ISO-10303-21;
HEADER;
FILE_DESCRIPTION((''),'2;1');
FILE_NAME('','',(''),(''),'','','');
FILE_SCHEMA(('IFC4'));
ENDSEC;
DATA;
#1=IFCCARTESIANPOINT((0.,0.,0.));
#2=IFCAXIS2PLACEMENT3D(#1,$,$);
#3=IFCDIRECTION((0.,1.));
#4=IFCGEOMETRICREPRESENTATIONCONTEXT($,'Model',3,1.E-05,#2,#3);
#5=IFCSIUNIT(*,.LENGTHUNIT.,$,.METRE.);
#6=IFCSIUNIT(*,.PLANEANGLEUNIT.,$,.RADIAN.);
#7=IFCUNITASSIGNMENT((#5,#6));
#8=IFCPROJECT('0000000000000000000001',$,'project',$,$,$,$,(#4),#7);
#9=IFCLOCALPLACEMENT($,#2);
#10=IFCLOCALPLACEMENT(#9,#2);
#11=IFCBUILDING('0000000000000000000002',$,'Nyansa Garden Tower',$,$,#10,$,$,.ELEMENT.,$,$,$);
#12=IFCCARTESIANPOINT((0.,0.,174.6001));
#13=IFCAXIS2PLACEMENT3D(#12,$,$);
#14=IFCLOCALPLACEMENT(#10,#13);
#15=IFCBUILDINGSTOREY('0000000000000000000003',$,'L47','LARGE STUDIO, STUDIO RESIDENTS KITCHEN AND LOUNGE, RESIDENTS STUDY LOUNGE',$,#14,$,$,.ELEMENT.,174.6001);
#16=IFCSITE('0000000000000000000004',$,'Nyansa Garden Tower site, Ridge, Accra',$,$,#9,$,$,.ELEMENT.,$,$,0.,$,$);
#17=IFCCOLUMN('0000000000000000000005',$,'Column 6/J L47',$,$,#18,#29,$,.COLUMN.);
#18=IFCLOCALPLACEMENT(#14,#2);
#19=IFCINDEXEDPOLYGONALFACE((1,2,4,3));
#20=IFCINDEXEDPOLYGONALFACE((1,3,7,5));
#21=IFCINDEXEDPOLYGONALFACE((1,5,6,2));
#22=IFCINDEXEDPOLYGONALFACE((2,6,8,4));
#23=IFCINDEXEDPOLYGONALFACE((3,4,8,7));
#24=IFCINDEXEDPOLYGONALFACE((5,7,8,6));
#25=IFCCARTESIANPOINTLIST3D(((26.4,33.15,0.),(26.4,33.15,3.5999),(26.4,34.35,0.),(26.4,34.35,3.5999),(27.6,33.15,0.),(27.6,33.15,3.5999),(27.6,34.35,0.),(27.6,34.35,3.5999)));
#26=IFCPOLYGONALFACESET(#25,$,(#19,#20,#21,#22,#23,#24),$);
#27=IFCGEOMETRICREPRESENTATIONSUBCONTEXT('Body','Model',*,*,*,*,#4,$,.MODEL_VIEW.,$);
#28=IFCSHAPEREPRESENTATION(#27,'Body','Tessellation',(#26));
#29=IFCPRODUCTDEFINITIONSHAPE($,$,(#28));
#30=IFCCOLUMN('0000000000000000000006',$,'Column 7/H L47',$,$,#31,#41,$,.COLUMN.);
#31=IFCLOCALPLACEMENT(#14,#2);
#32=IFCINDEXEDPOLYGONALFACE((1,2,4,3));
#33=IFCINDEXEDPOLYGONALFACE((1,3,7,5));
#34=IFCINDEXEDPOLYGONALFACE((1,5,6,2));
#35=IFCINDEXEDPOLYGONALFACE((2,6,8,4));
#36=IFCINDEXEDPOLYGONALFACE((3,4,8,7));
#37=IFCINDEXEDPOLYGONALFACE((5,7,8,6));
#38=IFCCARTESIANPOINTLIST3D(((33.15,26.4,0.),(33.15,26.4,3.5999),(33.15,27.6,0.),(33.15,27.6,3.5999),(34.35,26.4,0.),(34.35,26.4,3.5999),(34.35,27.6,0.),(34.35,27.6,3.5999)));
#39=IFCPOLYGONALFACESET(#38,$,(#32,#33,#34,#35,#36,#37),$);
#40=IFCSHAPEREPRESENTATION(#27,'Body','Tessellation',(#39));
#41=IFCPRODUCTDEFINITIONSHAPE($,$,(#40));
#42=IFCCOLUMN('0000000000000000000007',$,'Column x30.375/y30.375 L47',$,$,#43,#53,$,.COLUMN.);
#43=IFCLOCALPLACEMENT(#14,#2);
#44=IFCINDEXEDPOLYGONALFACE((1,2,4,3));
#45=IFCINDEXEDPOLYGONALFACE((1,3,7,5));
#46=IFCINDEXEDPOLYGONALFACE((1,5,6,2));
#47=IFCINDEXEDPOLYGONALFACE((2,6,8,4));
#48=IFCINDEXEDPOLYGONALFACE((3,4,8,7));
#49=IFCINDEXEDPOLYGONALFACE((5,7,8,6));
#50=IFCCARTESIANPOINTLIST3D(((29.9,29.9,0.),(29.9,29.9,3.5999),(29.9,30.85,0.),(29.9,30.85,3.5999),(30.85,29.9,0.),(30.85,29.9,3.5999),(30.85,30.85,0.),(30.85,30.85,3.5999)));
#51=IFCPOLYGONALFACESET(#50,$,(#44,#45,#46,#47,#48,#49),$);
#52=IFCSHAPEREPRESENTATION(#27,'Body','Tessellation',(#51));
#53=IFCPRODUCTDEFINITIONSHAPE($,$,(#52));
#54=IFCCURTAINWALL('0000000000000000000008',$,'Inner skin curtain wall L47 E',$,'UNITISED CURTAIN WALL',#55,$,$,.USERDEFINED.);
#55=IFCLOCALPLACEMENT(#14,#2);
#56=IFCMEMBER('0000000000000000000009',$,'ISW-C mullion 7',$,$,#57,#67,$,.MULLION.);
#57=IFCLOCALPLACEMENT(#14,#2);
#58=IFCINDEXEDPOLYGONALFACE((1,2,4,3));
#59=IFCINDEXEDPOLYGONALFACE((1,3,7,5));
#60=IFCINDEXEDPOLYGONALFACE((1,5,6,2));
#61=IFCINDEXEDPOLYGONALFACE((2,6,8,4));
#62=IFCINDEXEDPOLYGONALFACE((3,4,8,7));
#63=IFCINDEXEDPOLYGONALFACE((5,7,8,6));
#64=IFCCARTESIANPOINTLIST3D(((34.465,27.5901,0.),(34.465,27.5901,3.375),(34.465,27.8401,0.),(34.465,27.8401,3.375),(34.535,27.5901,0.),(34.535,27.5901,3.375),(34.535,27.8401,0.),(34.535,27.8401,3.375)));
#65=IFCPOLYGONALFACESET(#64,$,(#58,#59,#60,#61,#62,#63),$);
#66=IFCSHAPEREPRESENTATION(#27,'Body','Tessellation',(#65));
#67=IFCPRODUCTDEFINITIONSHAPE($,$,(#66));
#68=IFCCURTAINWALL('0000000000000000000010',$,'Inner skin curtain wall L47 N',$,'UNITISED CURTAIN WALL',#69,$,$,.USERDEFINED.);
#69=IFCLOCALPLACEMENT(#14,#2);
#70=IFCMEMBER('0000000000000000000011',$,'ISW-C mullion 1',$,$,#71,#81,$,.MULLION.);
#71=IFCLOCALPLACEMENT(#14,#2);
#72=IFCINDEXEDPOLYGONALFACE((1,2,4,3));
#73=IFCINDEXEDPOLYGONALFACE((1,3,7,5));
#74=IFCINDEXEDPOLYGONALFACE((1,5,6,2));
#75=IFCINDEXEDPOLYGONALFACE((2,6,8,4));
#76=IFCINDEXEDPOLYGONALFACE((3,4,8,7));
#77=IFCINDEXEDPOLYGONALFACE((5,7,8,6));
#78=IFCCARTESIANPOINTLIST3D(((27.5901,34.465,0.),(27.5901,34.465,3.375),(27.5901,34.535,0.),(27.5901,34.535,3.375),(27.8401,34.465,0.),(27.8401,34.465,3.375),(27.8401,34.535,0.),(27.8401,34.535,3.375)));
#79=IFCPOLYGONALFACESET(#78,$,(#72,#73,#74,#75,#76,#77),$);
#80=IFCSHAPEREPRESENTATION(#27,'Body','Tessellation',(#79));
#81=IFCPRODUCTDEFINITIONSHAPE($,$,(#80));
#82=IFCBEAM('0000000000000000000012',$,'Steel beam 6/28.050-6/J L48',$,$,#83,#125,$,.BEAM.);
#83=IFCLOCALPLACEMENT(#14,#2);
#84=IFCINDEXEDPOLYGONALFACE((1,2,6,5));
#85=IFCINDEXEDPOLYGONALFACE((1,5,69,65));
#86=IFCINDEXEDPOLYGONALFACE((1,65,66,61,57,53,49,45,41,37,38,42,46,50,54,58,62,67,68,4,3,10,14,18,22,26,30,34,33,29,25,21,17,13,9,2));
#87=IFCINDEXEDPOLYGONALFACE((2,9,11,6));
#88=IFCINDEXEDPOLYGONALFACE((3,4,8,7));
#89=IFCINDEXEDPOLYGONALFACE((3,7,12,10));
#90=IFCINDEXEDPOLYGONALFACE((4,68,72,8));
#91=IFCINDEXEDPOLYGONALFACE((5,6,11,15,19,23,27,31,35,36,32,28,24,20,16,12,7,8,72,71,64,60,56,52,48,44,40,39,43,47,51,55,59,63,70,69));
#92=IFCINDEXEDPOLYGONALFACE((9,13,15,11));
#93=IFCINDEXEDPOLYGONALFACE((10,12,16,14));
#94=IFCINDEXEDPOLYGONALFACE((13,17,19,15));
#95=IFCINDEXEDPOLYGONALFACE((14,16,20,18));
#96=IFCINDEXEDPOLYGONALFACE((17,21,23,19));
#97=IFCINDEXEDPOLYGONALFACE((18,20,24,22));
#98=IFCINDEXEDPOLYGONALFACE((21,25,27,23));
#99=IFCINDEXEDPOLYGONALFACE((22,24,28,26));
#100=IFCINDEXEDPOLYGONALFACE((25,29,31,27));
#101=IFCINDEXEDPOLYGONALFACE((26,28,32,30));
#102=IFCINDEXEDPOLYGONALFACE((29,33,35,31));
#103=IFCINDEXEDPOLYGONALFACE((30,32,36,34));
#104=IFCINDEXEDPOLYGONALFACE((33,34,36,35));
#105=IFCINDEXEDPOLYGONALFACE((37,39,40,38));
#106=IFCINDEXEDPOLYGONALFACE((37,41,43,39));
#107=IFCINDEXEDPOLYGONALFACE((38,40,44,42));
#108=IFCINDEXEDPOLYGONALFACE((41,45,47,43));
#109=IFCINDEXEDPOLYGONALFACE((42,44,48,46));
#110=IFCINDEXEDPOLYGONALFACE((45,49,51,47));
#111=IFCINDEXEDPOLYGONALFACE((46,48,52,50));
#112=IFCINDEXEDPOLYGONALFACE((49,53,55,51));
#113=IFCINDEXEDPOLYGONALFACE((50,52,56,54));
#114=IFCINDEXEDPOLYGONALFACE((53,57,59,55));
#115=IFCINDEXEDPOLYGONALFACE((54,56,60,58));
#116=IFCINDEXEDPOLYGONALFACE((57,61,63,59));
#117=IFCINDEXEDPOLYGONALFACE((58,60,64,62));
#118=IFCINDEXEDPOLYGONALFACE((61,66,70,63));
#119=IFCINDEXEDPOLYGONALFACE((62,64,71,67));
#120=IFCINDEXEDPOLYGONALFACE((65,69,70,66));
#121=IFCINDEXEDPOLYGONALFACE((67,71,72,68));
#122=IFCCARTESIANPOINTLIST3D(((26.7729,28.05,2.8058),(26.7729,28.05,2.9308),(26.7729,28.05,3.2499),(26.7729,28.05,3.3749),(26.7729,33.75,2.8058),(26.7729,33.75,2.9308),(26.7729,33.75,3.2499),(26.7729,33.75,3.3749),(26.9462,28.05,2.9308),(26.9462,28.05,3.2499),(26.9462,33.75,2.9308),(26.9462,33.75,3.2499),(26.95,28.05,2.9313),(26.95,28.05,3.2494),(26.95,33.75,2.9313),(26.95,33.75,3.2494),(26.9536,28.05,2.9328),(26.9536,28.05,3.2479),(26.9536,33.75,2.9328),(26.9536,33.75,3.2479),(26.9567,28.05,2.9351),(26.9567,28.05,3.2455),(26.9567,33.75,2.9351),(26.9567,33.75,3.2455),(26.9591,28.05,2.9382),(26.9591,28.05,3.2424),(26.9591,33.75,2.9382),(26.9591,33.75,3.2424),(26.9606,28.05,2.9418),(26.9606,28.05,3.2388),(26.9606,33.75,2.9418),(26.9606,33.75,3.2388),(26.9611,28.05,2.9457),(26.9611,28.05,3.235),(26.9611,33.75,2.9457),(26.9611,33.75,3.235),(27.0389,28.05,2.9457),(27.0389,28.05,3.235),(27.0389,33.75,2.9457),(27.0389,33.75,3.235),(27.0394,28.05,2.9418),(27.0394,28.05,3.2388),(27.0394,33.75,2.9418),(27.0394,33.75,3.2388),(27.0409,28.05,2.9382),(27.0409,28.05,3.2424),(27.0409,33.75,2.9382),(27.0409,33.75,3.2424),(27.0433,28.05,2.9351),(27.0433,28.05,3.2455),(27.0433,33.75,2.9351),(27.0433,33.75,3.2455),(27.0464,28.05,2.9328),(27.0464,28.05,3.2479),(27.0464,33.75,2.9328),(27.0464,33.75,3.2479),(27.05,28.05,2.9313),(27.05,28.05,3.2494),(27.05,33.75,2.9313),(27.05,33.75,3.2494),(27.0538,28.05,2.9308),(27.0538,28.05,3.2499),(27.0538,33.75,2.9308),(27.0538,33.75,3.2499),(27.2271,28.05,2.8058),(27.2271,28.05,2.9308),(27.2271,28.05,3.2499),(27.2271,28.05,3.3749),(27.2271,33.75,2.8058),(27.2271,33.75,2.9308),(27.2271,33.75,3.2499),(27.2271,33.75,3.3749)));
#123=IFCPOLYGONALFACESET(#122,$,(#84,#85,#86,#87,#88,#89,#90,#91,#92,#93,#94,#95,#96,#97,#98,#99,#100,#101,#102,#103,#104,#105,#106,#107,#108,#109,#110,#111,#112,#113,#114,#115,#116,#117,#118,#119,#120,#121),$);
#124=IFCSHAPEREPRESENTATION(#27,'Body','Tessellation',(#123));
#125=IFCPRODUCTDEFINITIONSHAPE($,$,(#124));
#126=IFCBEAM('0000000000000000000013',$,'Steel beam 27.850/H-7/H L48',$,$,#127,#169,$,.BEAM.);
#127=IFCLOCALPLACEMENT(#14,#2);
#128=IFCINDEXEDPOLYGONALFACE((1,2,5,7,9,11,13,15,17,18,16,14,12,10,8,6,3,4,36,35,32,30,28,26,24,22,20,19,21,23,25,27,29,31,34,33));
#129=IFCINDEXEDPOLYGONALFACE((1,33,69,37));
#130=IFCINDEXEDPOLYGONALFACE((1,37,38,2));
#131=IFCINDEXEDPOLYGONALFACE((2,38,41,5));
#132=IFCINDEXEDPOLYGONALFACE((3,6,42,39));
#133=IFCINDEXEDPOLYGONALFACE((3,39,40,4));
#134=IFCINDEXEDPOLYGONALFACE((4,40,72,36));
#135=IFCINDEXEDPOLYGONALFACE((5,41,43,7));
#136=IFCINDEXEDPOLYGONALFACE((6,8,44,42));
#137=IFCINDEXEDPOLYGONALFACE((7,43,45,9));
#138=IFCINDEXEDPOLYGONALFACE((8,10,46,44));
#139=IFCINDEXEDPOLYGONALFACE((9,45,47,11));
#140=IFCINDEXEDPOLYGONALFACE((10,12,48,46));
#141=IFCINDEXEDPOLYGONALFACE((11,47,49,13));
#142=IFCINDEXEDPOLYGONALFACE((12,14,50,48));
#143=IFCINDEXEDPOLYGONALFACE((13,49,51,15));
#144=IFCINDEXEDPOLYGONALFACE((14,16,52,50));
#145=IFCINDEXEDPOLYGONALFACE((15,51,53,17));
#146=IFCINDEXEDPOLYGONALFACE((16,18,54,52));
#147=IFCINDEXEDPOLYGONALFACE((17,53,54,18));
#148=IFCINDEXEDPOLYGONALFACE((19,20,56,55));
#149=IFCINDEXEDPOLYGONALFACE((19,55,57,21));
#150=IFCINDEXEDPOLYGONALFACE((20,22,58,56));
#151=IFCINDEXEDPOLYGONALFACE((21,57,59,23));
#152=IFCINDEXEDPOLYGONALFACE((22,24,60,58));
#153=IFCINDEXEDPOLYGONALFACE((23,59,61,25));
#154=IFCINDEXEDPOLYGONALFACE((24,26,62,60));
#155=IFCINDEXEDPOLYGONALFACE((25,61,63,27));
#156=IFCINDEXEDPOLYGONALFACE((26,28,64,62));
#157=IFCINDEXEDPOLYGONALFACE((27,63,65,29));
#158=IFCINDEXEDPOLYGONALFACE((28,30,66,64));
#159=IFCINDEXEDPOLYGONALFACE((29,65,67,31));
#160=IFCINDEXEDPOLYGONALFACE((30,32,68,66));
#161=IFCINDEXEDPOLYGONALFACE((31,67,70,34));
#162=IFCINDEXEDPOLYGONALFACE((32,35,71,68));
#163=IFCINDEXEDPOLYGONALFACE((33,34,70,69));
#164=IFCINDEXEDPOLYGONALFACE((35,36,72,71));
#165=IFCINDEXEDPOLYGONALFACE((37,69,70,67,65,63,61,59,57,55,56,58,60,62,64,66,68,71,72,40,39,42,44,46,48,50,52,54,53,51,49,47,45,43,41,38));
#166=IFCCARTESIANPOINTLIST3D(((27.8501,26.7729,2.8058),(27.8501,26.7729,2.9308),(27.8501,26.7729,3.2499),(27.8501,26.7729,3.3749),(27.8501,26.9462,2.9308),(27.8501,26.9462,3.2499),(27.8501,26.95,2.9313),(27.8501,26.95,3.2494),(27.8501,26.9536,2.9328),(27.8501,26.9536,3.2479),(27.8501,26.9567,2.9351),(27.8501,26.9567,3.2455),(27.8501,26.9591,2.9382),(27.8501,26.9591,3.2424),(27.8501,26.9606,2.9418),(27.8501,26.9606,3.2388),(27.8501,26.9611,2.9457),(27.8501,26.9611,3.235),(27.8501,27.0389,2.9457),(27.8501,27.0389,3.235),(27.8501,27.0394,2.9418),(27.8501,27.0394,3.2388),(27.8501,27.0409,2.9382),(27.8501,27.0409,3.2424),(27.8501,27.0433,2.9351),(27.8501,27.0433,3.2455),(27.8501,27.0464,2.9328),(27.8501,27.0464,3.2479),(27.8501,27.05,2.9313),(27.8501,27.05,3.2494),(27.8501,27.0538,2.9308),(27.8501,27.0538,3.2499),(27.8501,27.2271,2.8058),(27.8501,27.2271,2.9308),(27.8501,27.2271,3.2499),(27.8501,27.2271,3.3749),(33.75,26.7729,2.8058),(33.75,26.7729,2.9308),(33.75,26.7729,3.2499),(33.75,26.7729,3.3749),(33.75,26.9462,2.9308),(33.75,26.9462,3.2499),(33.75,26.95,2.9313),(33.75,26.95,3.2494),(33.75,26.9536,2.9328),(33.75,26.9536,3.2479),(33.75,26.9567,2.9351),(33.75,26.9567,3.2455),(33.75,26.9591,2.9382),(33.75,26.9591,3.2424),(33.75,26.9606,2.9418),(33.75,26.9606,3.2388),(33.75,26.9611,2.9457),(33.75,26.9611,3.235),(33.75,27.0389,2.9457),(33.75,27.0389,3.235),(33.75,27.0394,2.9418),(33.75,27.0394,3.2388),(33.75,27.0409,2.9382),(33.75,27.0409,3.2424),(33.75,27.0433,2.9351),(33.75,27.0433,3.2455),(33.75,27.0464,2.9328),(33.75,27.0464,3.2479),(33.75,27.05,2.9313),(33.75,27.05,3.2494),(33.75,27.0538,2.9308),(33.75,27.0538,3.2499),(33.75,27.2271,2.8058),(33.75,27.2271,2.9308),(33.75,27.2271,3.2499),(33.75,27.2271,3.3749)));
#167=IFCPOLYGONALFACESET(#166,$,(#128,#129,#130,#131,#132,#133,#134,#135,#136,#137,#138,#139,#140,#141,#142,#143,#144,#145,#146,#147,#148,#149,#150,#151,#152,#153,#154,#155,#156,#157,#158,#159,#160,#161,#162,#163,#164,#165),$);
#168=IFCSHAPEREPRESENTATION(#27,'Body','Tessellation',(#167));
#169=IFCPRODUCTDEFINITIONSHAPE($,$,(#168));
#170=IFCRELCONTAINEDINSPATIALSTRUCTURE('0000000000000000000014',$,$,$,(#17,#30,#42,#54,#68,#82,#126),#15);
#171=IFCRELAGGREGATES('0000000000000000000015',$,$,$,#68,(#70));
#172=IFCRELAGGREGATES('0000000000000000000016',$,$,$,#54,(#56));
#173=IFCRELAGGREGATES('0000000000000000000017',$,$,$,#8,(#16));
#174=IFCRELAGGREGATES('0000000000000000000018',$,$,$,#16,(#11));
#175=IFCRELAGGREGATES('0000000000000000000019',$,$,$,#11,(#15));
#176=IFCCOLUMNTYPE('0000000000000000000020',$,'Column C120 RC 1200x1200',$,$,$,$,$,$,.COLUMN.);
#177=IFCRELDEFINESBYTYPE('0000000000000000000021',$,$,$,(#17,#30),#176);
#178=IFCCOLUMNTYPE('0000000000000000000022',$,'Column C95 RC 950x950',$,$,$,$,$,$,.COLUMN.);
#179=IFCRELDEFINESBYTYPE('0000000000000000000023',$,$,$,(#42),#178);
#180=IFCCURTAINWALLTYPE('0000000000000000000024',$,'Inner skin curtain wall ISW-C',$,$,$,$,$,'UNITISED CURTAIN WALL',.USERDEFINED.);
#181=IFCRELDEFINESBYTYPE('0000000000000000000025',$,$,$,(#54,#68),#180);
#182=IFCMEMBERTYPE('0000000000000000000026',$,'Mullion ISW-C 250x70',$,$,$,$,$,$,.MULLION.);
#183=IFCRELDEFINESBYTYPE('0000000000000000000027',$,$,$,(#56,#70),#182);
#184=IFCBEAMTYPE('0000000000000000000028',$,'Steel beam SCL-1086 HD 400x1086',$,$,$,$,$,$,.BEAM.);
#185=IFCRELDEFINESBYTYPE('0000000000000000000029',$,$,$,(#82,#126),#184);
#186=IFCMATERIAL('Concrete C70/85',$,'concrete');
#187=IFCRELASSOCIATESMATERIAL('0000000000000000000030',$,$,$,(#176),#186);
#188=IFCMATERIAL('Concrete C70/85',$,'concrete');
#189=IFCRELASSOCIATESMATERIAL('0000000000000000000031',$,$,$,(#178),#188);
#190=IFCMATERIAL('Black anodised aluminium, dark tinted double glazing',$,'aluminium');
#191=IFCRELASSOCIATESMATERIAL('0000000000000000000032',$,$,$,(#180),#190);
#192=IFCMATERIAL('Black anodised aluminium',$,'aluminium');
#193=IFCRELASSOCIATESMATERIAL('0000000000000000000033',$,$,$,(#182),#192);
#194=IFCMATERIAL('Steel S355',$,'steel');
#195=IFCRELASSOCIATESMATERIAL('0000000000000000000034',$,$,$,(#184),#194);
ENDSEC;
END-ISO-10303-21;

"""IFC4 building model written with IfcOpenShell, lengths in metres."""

from ifc_helpers import new_model, si_unit, direction, frame, origin, origin_2d, place, context, subcontext, project, spatial, rectangle, i_section, extrude, material, material_profile, profile_set, type_object, element, aggregate, save


model = new_model("IFC4")

# Units and contexts
model_context = context("Model", 3, precision=1e-05, world=origin(), true_north=direction((0.0, 1.0)))
body_context = subcontext(model_context, "Body", "Model", "MODEL_VIEW")
ifc_project = project(units=[si_unit("LENGTHUNIT", "METRE"), si_unit("PLANEANGLEUNIT", "RADIAN")], contexts=[model_context])

# Site, building, storey
site_placement = place(None, origin())
site = spatial("IfcSite", under=ifc_project, at=site_placement, Name="Nyansa Garden Tower site, Ridge, Accra", CompositionType="ELEMENT", RefElevation=0.0)
building_placement = place(site_placement, origin())
building = spatial("IfcBuilding", under=site, at=building_placement, Name="Nyansa Garden Tower", CompositionType="ELEMENT")
storey_placement = place(building_placement, frame((0.0, 0.0, 174.6001)))
storey = spatial("IfcBuildingStorey", under=building, at=storey_placement, Name="L47", Description="LARGE STUDIO, STUDIO RESIDENTS KITCHEN AND LOUNGE, RESIDENTS STUDY LOUNGE", CompositionType="ELEMENT", Elevation=174.6001)

# Columns
ifc_material_1 = material(Name="Concrete C70/85", Category="concrete")
ifc_material_profile_1 = material_profile(ifc_material_1, rectangle(XDim=1.2, YDim=1.2, at=origin_2d()), Name="RC 1200x1200")
ifc_profile_set_1 = profile_set([ifc_material_profile_1], Name="Concrete C70/85")
column_type_1 = type_object("IfcColumnType", Name="Column C120 RC 1200x1200", PredefinedType="COLUMN", material=ifc_profile_set_1)
for number, where, z_axis, x_axis, name in (
    (1, (27.0, 33.75, 0.0), (0.0, 0.0, 1.0), (1.0, 0.0, 0.0), "Column 6/J L47"),
    (2, (33.75, 27.0, 0.0), (0.0, 0.0, 1.0), (1.0, 0.0, 0.0), "Column 7/H L47"),
):
    element("IfcColumn", number, at=place(storey_placement, frame(where, z_axis=z_axis, x_axis=x_axis)), inside=storey, type_object=column_type_1, Name=name, PredefinedType="COLUMN", context=body_context, shape_type="SweptSolid", body=[
        extrude(rectangle(XDim=1.2, YDim=1.2, at=origin_2d()), origin(), (0.0, 0.0, 1.0), 3.5999),
    ])
ifc_material_2 = material(Name="Concrete C70/85", Category="concrete")
ifc_material_profile_2 = material_profile(ifc_material_2, rectangle(XDim=0.95, YDim=0.95, at=origin_2d()), Name="RC 950x950")
ifc_profile_set_2 = profile_set([ifc_material_profile_2], Name="Concrete C70/85")
column_type_2 = type_object("IfcColumnType", Name="Column C95 RC 950x950", PredefinedType="COLUMN", material=ifc_profile_set_2)
column_placement = place(storey_placement, frame((30.375, 30.375, 0.0), z_axis=(0.0, 0.0, 1.0), x_axis=(1.0, 0.0, 0.0)))
element("IfcColumn", 3, at=column_placement, inside=storey, type_object=column_type_2, Name="Column x30.375/y30.375 L47", PredefinedType="COLUMN", context=body_context, shape_type="SweptSolid", body=[
    extrude(rectangle(XDim=0.95, YDim=0.95, at=origin_2d()), origin(), (0.0, 0.0, 1.0), 3.5999),
])

# Curtain walls, members
ifc_material_3 = material(Name="Black anodised aluminium, dark tinted double glazing", Category="aluminium")
curtain_wall_type = type_object("IfcCurtainWallType", Name="Inner skin curtain wall ISW-C", ElementType="UNITISED CURTAIN WALL", PredefinedType="USERDEFINED", material=ifc_material_3)
curtain_wall_1_placement = place(storey_placement, origin())
curtain_wall_1 = element("IfcCurtainWall", 4, at=curtain_wall_1_placement, inside=storey, type_object=curtain_wall_type, Name="Inner skin curtain wall L47 E", ObjectType="UNITISED CURTAIN WALL", PredefinedType="USERDEFINED")
ifc_material_4 = material(Name="Black anodised aluminium", Category="aluminium")
ifc_material_profile_3 = material_profile(ifc_material_4, rectangle(XDim=0.0701, YDim=0.25, at=origin_2d()), Name="Mullion 250x70")
ifc_profile_set_3 = profile_set([ifc_material_profile_3], Name="Black anodised aluminium")
member_type_1 = type_object("IfcMemberType", Name="Mullion ISW-C 250x70", PredefinedType="MULLION", material=ifc_profile_set_3)
member_1_placement = place(storey_placement, frame((34.5, 27.7151, 0.0), z_axis=(0.0, 0.0, 1.0), x_axis=(-1.0, 0.0, 0.0)))
member_1 = element("IfcMember", 5, at=member_1_placement, type_object=member_type_1, Name="ISW-C mullion 7", PredefinedType="MULLION", context=body_context, shape_type="SweptSolid", body=[
    extrude(rectangle(XDim=0.0701, YDim=0.25, at=origin_2d()), origin(), (0.0, 0.0, 1.0), 3.375),
])
curtain_wall_2_placement = place(storey_placement, origin())
curtain_wall_2 = element("IfcCurtainWall", 6, at=curtain_wall_2_placement, inside=storey, type_object=curtain_wall_type, Name="Inner skin curtain wall L47 N", ObjectType="UNITISED CURTAIN WALL", PredefinedType="USERDEFINED")
member_2_placement = place(storey_placement, frame((27.7151, 34.5, 0.0), z_axis=(0.0, 0.0, 1.0), x_axis=(0.0, -1.0, 0.0)))
member_2 = element("IfcMember", 7, at=member_2_placement, type_object=member_type_1, Name="ISW-C mullion 1", PredefinedType="MULLION", context=body_context, shape_type="SweptSolid", body=[
    extrude(rectangle(XDim=0.0701, YDim=0.25, at=origin_2d()), origin(), (0.0, 0.0, 1.0), 3.375),
])

# Beams
ifc_material_5 = material(Name="Steel S355", Category="steel")
ifc_material_profile_4 = material_profile(ifc_material_5, i_section(OverallWidth=0.4541, OverallDepth=0.5691, WebThickness=0.0779, FlangeThickness=0.125, FilletRadius=0.0149, at=origin_2d()), Name="HD 400x1086")
ifc_profile_set_4 = profile_set([ifc_material_profile_4], Name="Steel S355")
beam_type_1 = type_object("IfcBeamType", Name="Steel beam SCL-1086 HD 400x1086", PredefinedType="BEAM", material=ifc_profile_set_4)
beam_1_placement = place(storey_placement, frame((27.0, 28.05, 3.0903), z_axis=(0.0, 1.0, 0.0), x_axis=(-1.0, 0.0, 0.0)))
element("IfcBeam", 8, at=beam_1_placement, inside=storey, type_object=beam_type_1, Name="Steel beam 6/28.050-6/J L48", PredefinedType="BEAM", context=body_context, shape_type="SweptSolid", body=[
    extrude(i_section(OverallWidth=0.4541, OverallDepth=0.5691, WebThickness=0.0779, FlangeThickness=0.125, FilletRadius=0.0149, at=origin_2d()), origin(), (0.0, 0.0, 1.0), 5.7),
])
beam_2_placement = place(storey_placement, frame((27.8501, 27.0, 3.0903), z_axis=(1.0, 0.0, 0.0), x_axis=(0.0, 1.0, 0.0)))
element("IfcBeam", 9, at=beam_2_placement, inside=storey, type_object=beam_type_1, Name="Steel beam 27.850/H-7/H L48", PredefinedType="BEAM", context=body_context, shape_type="SweptSolid", body=[
    extrude(i_section(OverallWidth=0.4541, OverallDepth=0.5691, WebThickness=0.0779, FlangeThickness=0.125, FilletRadius=0.0149, at=origin_2d()), origin(), (0.0, 0.0, 1.0), 5.8999),
])

aggregate(curtain_wall_2, [member_2])

aggregate(curtain_wall_1, [member_1])

save(model, "model.ifc")
